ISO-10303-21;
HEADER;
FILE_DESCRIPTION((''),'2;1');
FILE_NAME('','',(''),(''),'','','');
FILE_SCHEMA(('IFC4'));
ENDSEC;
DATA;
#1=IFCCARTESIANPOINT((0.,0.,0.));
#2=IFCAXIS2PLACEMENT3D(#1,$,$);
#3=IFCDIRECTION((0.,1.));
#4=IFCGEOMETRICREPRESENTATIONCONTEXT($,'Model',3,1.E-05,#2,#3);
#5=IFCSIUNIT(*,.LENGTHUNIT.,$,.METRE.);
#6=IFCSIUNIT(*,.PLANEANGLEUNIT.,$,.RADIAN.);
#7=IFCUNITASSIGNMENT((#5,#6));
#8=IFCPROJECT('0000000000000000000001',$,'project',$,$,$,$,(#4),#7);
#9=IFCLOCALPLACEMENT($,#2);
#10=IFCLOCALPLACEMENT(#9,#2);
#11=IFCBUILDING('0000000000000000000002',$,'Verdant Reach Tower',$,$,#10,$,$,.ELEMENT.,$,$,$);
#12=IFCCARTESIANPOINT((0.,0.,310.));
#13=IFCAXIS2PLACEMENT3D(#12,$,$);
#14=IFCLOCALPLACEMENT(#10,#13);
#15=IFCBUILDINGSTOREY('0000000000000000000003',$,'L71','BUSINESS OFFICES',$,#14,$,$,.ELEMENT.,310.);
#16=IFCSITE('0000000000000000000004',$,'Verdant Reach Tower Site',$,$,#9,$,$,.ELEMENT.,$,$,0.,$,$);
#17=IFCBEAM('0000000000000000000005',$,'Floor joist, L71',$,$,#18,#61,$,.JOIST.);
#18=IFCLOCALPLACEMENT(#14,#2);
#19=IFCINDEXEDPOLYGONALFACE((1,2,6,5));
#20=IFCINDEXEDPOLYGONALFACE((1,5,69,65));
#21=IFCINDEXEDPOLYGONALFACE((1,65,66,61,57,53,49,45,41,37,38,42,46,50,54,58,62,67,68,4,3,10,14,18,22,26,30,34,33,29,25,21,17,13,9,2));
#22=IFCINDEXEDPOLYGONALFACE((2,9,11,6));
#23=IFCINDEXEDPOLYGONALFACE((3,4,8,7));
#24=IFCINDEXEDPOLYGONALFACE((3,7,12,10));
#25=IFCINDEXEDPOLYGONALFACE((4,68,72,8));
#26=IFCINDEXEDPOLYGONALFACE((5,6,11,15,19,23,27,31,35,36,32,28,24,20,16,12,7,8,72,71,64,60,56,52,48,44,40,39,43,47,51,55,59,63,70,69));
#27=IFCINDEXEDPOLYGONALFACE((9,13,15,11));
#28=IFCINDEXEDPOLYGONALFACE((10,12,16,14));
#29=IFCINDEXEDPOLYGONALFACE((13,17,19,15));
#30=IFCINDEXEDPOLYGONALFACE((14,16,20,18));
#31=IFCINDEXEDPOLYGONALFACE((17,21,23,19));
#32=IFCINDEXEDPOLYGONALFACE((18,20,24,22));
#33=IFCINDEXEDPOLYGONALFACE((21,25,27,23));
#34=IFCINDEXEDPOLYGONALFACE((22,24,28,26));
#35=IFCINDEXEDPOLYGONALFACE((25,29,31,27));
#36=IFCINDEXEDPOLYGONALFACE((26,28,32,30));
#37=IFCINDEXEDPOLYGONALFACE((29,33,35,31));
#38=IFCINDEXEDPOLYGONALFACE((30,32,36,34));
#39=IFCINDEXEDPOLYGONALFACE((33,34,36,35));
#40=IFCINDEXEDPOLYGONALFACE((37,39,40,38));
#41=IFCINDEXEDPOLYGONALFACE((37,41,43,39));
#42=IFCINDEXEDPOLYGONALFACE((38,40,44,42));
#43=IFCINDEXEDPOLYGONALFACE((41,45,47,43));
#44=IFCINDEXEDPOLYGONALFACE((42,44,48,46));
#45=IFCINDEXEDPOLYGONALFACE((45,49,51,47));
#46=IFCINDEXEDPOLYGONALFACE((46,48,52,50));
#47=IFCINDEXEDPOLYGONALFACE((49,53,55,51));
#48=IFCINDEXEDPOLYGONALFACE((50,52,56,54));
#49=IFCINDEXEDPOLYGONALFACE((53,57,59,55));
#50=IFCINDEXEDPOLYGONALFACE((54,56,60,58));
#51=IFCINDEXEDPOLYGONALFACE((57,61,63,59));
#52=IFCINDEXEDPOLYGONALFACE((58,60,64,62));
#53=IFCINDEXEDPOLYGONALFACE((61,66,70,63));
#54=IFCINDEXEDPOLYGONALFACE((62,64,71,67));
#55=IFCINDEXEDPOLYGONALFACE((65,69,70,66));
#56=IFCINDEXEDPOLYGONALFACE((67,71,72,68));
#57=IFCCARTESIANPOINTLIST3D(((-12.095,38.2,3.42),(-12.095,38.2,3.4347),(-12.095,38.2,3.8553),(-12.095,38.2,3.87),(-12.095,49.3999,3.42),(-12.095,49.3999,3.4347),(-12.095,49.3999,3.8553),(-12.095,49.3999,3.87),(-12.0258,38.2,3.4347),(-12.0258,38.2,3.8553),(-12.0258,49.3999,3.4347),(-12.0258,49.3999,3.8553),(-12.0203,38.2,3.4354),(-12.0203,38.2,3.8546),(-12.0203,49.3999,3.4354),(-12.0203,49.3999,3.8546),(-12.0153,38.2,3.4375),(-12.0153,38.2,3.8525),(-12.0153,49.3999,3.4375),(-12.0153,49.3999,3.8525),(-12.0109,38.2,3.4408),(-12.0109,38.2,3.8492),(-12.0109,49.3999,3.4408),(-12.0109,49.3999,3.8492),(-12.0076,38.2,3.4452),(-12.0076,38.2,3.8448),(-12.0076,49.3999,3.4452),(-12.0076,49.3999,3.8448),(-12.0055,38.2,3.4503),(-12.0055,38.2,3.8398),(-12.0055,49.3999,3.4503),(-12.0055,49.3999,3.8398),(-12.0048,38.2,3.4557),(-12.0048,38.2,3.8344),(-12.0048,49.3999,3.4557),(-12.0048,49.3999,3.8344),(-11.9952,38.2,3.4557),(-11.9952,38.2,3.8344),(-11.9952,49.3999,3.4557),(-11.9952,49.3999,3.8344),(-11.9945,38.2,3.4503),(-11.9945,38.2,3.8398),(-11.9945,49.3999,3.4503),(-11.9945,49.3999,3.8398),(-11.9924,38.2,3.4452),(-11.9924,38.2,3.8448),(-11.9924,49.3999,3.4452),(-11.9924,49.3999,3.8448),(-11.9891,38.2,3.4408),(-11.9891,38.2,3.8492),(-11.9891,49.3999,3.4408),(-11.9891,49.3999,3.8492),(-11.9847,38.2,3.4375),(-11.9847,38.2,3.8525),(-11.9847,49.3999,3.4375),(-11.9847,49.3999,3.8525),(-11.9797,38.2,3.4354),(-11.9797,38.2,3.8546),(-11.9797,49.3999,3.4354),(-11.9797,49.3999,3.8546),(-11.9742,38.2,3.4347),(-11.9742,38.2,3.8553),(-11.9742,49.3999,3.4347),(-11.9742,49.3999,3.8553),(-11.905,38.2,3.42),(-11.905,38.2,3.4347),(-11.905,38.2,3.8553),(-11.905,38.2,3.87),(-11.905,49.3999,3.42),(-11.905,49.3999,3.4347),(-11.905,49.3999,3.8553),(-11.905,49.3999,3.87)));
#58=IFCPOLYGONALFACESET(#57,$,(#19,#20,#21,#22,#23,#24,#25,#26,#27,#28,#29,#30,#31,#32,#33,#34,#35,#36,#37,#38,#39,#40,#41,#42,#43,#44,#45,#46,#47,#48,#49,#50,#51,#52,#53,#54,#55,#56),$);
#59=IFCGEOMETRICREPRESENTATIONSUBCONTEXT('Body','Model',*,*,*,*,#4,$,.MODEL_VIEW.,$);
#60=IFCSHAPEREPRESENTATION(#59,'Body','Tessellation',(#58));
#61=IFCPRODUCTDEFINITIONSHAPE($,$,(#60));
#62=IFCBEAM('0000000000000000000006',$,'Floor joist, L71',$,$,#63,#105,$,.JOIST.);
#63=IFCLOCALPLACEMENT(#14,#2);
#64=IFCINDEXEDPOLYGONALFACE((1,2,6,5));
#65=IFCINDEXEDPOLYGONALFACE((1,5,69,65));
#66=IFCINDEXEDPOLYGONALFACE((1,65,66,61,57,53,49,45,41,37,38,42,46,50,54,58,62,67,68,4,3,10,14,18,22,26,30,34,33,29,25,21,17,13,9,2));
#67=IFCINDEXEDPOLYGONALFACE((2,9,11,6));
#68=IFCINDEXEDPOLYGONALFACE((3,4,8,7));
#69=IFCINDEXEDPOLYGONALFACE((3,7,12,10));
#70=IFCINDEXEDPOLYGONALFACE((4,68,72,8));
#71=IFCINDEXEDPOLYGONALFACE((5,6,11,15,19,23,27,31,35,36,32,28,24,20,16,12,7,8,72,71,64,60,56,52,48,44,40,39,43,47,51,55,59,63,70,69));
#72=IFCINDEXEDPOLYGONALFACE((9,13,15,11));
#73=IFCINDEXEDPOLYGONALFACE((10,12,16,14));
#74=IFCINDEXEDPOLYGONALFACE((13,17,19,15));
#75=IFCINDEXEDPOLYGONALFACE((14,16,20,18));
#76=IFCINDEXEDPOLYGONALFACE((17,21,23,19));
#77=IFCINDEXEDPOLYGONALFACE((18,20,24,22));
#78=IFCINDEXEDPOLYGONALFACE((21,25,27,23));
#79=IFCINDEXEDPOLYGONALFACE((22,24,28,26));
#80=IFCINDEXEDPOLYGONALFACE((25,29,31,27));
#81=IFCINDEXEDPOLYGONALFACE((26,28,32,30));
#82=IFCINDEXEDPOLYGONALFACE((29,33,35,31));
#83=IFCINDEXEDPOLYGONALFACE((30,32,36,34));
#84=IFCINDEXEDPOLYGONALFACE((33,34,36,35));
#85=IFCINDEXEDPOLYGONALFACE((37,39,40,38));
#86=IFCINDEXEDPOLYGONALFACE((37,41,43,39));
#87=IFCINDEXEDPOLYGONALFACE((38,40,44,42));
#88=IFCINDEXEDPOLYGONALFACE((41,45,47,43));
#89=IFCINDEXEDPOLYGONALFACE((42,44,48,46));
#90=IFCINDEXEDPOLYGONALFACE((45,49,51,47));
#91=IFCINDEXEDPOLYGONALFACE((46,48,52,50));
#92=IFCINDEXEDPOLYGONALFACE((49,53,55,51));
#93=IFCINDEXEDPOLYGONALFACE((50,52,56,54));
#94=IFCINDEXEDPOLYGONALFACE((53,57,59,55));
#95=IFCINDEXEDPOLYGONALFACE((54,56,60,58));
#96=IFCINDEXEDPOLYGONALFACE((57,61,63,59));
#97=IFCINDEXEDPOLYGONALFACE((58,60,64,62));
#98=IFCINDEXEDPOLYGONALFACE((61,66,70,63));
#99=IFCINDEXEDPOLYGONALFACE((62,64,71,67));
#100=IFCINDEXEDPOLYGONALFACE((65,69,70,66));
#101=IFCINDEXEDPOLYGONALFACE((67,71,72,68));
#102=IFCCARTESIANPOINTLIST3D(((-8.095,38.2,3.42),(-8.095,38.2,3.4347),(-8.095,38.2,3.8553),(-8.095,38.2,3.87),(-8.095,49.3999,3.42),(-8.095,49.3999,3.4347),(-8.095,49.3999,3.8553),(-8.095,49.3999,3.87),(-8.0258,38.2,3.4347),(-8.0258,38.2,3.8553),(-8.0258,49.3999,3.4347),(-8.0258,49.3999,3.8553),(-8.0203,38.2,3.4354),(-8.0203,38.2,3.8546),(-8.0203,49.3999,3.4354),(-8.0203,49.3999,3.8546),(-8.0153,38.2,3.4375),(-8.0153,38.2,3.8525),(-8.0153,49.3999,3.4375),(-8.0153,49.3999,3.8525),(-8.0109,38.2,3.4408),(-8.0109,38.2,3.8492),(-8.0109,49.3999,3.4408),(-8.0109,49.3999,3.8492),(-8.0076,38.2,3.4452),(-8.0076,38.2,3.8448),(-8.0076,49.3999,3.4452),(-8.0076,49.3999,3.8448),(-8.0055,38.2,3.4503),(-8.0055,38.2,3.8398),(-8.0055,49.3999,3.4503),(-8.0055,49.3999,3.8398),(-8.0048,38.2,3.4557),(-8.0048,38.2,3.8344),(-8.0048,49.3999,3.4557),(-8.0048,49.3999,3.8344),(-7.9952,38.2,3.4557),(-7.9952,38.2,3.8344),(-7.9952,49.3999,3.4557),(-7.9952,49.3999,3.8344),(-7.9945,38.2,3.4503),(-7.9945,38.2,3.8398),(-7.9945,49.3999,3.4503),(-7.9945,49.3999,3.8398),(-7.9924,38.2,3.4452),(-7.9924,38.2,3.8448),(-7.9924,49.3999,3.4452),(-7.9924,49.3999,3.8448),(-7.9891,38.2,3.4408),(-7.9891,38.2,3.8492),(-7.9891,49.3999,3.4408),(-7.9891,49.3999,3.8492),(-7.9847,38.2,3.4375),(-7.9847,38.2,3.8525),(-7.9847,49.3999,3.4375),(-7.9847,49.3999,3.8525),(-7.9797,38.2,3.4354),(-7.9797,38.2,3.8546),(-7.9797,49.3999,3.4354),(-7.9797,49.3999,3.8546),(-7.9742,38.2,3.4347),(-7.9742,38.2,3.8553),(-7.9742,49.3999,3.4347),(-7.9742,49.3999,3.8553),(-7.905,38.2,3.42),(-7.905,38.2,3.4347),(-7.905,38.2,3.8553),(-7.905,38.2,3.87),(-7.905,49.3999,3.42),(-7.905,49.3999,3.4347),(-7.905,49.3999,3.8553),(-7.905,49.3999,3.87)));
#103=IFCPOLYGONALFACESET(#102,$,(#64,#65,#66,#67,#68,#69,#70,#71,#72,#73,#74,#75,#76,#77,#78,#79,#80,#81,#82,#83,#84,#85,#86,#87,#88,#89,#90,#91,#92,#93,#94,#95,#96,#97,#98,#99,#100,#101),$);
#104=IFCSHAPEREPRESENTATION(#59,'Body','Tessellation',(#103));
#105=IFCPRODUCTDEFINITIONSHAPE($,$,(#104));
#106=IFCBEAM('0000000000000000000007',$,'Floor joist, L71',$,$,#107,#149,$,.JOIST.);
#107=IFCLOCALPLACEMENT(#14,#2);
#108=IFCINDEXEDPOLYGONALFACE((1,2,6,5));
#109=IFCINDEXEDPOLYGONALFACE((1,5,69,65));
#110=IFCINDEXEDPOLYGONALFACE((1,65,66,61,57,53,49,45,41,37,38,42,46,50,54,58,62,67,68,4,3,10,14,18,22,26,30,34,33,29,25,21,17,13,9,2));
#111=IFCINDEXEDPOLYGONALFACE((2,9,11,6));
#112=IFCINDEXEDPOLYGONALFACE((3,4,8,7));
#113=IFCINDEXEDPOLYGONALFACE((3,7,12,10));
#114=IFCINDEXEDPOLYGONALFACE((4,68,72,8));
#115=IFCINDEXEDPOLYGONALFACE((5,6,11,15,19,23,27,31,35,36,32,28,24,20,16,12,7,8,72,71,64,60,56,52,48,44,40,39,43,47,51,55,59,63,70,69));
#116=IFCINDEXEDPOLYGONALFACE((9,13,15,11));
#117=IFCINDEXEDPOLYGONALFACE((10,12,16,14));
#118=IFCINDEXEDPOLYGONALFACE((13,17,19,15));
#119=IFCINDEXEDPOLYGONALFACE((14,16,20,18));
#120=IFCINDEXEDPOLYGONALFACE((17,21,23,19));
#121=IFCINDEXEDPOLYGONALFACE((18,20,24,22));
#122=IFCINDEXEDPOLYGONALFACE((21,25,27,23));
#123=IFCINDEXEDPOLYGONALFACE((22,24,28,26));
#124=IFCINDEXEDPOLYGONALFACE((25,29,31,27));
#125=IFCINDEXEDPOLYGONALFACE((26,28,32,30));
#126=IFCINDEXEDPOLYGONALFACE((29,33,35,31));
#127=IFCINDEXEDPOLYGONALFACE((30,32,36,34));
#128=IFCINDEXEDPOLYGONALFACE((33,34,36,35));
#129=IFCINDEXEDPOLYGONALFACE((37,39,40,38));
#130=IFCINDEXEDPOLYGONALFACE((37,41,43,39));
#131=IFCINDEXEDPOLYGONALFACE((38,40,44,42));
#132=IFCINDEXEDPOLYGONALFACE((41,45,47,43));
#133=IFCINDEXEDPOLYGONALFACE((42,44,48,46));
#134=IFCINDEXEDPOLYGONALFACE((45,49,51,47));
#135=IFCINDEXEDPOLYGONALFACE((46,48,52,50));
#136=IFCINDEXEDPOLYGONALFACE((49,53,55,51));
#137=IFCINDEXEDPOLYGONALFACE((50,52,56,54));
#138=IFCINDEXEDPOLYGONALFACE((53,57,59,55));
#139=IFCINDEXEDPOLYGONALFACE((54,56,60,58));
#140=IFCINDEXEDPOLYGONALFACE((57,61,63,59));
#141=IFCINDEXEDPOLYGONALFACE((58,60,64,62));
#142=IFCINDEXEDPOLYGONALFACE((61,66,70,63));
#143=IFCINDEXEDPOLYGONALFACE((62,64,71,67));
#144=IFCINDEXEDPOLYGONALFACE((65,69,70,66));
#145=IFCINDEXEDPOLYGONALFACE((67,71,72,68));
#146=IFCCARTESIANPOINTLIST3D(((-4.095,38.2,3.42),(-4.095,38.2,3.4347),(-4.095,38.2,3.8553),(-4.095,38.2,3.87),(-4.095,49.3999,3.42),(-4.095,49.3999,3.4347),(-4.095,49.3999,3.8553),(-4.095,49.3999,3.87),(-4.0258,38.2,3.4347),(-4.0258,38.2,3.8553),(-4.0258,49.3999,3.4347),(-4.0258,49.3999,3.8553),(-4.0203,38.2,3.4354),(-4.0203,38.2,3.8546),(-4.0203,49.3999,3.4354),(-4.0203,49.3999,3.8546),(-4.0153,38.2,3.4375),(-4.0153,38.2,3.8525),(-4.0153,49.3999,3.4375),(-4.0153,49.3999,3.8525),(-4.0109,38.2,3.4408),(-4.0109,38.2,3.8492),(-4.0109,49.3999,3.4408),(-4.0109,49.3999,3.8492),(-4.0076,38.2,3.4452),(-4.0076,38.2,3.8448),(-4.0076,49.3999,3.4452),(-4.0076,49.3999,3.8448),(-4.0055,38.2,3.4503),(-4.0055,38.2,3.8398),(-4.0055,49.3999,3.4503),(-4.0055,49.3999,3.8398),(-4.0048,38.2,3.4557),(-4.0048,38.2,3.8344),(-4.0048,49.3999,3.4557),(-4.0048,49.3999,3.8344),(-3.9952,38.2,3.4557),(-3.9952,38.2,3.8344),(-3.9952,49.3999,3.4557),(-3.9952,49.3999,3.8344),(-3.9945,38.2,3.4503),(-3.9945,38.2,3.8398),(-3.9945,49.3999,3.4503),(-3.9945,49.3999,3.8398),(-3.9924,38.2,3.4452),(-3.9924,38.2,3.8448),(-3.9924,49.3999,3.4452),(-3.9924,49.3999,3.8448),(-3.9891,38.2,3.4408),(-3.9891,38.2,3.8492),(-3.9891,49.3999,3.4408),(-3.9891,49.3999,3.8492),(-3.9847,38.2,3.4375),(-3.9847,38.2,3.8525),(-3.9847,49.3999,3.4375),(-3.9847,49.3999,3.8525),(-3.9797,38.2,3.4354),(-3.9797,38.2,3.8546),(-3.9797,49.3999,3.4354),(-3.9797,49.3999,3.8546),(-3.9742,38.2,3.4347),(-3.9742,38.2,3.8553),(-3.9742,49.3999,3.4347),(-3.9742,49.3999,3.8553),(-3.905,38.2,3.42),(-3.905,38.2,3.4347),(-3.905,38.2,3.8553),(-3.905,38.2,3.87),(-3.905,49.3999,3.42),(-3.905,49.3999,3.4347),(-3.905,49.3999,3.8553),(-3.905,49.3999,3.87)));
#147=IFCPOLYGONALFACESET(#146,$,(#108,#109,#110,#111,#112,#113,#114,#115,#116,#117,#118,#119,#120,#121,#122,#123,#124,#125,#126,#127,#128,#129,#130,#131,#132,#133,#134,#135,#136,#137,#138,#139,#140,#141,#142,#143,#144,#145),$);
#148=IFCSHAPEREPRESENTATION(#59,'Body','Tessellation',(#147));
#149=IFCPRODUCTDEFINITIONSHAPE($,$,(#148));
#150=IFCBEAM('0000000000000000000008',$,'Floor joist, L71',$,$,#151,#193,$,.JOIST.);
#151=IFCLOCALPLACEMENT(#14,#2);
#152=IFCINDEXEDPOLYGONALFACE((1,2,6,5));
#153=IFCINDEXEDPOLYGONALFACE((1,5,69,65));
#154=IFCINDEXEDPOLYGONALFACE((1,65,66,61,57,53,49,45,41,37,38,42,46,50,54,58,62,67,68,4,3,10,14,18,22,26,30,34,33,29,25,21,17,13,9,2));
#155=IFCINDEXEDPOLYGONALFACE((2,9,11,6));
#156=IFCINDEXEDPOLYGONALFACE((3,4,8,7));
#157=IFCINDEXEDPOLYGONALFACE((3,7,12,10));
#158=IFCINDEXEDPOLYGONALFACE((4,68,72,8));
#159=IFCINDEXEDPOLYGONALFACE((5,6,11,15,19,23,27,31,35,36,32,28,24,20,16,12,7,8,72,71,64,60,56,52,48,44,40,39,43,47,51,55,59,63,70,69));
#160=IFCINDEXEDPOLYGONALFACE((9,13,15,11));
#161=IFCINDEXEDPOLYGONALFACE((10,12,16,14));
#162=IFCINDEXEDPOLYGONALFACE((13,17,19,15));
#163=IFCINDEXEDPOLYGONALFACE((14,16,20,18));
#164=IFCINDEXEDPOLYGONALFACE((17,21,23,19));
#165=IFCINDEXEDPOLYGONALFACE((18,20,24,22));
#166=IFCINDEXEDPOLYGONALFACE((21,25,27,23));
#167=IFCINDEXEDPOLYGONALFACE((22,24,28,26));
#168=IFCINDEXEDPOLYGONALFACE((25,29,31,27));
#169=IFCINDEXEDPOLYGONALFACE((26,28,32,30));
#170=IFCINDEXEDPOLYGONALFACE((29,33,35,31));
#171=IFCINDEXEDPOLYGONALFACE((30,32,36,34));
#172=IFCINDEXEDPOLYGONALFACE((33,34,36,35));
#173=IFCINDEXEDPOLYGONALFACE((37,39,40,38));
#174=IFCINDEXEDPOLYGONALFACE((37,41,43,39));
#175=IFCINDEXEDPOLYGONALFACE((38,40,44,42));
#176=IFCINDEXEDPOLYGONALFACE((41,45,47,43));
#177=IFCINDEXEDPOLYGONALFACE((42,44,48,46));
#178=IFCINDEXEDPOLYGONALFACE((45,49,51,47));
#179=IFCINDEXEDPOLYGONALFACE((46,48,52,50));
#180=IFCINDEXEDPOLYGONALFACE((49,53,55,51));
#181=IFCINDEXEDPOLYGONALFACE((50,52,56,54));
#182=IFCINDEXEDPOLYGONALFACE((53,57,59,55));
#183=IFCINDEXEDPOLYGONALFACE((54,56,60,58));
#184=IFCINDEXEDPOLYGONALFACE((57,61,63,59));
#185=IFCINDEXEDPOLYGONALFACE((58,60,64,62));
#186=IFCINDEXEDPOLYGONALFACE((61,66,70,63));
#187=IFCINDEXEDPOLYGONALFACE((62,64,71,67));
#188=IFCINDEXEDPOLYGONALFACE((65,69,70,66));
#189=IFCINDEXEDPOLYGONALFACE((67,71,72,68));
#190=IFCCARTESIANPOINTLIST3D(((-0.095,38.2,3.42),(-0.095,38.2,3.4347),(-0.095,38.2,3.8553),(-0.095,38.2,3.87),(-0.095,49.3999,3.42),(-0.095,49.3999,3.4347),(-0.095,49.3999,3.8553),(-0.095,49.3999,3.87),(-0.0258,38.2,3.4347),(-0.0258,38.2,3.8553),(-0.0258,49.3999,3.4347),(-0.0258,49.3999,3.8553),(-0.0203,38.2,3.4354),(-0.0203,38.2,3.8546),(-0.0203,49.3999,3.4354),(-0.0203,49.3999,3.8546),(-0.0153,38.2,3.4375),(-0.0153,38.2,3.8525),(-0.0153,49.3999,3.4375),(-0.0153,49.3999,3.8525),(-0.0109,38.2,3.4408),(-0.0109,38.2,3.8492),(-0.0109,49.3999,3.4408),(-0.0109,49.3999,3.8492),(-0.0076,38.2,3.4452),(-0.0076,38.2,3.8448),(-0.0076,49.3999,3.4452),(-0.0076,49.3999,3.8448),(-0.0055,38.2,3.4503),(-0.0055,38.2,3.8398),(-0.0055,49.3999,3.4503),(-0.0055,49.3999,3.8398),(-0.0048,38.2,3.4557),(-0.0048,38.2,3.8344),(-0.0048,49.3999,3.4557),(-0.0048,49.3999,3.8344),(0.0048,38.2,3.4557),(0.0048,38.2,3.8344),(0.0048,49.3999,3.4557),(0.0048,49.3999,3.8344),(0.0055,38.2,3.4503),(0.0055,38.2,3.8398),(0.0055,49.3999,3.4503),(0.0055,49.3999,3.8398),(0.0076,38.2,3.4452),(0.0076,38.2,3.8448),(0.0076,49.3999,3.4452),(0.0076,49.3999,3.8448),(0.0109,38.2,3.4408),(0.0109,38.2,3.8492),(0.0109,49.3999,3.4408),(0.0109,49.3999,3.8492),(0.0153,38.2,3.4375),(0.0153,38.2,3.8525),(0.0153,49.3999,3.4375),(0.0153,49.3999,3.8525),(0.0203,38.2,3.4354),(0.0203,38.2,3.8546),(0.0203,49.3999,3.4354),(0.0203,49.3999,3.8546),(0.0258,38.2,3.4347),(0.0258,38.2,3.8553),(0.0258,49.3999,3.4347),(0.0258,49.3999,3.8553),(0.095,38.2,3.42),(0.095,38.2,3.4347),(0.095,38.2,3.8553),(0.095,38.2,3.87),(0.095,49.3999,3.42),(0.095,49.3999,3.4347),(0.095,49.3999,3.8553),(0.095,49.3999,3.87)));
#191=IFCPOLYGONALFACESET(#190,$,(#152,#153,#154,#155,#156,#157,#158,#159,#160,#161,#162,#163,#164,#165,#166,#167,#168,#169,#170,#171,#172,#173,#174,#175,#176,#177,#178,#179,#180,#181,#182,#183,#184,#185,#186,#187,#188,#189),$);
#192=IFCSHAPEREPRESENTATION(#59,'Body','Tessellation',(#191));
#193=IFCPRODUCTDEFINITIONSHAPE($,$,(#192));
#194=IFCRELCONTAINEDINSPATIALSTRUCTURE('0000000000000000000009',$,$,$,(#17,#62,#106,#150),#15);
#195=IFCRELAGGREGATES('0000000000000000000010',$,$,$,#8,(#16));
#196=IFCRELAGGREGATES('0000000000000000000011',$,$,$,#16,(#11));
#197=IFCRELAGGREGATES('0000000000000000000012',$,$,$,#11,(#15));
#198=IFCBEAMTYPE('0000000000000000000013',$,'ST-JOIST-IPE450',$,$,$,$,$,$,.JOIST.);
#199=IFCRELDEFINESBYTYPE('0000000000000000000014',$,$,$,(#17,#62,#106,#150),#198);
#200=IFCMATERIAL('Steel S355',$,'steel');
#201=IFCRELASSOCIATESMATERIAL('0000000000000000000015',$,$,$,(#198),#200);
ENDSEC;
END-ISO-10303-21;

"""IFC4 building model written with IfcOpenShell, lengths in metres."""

from ifc_helpers import new_model, si_unit, direction, frame, origin, origin_2d, place, context, subcontext, project, spatial, i_section, extrude, material, material_profile, profile_set, type_object, element, save


model = new_model("IFC4")

# Units and contexts
model_context = context("Model", 3, precision=1e-05, world=origin(), true_north=direction((0.0, 1.0)))
body_context = subcontext(model_context, "Body", "Model", "MODEL_VIEW")
ifc_project = project(units=[si_unit("LENGTHUNIT", "METRE"), si_unit("PLANEANGLEUNIT", "RADIAN")], contexts=[model_context])

# Site, building, storey
site_placement = place(None, origin())
site = spatial("IfcSite", under=ifc_project, at=site_placement, Name="Verdant Reach Tower Site", CompositionType="ELEMENT", RefElevation=0.0)
building_placement = place(site_placement, origin())
building = spatial("IfcBuilding", under=site, at=building_placement, Name="Verdant Reach Tower", CompositionType="ELEMENT")
storey_placement = place(building_placement, frame((0.0, 0.0, 310.0)))
storey = spatial("IfcBuildingStorey", under=building, at=storey_placement, Name="L71", Description="BUSINESS OFFICES", CompositionType="ELEMENT", Elevation=310.0)

# Beams
ifc_material_1 = material(Name="Steel S355", Category="steel")
ifc_material_profile_1 = material_profile(ifc_material_1, i_section(OverallWidth=0.1899, OverallDepth=0.45, WebThickness=0.0095, FlangeThickness=0.0146, FilletRadius=0.021, at=origin_2d()), Name="IPE 450")
ifc_profile_set_1 = profile_set([ifc_material_profile_1], Name="Steel S355")
beam_type_1 = type_object("IfcBeamType", Name="ST-JOIST-IPE450", PredefinedType="JOIST", material=ifc_profile_set_1)
for number, where, z_axis, x_axis, name in (
    (1, (-12.0, 38.2, 3.645), (0.0, 1.0, 0.0), (-1.0, 0.0, 0.0), "Floor joist, L71"),
    (2, (-8.0, 38.2, 3.645), (0.0, 1.0, 0.0), (-1.0, 0.0, 0.0), "Floor joist, L71"),
    (3, (-4.0, 38.2, 3.645), (0.0, 1.0, 0.0), (-1.0, 0.0, 0.0), "Floor joist, L71"),
    (4, (0.0, 38.2, 3.645), (0.0, 1.0, 0.0), (-1.0, 0.0, 0.0), "Floor joist, L71"),
):
    element("IfcBeam", number, at=place(storey_placement, frame(where, z_axis=z_axis, x_axis=x_axis)), inside=storey, type_object=beam_type_1, Name=name, PredefinedType="JOIST", context=body_context, shape_type="SweptSolid", body=[
        extrude(i_section(OverallWidth=0.1899, OverallDepth=0.45, WebThickness=0.0095, FlangeThickness=0.0146, FilletRadius=0.021, at=origin_2d()), origin(), (0.0, 0.0, 1.0), 11.2),
    ])

save(model, "model.ifc")
